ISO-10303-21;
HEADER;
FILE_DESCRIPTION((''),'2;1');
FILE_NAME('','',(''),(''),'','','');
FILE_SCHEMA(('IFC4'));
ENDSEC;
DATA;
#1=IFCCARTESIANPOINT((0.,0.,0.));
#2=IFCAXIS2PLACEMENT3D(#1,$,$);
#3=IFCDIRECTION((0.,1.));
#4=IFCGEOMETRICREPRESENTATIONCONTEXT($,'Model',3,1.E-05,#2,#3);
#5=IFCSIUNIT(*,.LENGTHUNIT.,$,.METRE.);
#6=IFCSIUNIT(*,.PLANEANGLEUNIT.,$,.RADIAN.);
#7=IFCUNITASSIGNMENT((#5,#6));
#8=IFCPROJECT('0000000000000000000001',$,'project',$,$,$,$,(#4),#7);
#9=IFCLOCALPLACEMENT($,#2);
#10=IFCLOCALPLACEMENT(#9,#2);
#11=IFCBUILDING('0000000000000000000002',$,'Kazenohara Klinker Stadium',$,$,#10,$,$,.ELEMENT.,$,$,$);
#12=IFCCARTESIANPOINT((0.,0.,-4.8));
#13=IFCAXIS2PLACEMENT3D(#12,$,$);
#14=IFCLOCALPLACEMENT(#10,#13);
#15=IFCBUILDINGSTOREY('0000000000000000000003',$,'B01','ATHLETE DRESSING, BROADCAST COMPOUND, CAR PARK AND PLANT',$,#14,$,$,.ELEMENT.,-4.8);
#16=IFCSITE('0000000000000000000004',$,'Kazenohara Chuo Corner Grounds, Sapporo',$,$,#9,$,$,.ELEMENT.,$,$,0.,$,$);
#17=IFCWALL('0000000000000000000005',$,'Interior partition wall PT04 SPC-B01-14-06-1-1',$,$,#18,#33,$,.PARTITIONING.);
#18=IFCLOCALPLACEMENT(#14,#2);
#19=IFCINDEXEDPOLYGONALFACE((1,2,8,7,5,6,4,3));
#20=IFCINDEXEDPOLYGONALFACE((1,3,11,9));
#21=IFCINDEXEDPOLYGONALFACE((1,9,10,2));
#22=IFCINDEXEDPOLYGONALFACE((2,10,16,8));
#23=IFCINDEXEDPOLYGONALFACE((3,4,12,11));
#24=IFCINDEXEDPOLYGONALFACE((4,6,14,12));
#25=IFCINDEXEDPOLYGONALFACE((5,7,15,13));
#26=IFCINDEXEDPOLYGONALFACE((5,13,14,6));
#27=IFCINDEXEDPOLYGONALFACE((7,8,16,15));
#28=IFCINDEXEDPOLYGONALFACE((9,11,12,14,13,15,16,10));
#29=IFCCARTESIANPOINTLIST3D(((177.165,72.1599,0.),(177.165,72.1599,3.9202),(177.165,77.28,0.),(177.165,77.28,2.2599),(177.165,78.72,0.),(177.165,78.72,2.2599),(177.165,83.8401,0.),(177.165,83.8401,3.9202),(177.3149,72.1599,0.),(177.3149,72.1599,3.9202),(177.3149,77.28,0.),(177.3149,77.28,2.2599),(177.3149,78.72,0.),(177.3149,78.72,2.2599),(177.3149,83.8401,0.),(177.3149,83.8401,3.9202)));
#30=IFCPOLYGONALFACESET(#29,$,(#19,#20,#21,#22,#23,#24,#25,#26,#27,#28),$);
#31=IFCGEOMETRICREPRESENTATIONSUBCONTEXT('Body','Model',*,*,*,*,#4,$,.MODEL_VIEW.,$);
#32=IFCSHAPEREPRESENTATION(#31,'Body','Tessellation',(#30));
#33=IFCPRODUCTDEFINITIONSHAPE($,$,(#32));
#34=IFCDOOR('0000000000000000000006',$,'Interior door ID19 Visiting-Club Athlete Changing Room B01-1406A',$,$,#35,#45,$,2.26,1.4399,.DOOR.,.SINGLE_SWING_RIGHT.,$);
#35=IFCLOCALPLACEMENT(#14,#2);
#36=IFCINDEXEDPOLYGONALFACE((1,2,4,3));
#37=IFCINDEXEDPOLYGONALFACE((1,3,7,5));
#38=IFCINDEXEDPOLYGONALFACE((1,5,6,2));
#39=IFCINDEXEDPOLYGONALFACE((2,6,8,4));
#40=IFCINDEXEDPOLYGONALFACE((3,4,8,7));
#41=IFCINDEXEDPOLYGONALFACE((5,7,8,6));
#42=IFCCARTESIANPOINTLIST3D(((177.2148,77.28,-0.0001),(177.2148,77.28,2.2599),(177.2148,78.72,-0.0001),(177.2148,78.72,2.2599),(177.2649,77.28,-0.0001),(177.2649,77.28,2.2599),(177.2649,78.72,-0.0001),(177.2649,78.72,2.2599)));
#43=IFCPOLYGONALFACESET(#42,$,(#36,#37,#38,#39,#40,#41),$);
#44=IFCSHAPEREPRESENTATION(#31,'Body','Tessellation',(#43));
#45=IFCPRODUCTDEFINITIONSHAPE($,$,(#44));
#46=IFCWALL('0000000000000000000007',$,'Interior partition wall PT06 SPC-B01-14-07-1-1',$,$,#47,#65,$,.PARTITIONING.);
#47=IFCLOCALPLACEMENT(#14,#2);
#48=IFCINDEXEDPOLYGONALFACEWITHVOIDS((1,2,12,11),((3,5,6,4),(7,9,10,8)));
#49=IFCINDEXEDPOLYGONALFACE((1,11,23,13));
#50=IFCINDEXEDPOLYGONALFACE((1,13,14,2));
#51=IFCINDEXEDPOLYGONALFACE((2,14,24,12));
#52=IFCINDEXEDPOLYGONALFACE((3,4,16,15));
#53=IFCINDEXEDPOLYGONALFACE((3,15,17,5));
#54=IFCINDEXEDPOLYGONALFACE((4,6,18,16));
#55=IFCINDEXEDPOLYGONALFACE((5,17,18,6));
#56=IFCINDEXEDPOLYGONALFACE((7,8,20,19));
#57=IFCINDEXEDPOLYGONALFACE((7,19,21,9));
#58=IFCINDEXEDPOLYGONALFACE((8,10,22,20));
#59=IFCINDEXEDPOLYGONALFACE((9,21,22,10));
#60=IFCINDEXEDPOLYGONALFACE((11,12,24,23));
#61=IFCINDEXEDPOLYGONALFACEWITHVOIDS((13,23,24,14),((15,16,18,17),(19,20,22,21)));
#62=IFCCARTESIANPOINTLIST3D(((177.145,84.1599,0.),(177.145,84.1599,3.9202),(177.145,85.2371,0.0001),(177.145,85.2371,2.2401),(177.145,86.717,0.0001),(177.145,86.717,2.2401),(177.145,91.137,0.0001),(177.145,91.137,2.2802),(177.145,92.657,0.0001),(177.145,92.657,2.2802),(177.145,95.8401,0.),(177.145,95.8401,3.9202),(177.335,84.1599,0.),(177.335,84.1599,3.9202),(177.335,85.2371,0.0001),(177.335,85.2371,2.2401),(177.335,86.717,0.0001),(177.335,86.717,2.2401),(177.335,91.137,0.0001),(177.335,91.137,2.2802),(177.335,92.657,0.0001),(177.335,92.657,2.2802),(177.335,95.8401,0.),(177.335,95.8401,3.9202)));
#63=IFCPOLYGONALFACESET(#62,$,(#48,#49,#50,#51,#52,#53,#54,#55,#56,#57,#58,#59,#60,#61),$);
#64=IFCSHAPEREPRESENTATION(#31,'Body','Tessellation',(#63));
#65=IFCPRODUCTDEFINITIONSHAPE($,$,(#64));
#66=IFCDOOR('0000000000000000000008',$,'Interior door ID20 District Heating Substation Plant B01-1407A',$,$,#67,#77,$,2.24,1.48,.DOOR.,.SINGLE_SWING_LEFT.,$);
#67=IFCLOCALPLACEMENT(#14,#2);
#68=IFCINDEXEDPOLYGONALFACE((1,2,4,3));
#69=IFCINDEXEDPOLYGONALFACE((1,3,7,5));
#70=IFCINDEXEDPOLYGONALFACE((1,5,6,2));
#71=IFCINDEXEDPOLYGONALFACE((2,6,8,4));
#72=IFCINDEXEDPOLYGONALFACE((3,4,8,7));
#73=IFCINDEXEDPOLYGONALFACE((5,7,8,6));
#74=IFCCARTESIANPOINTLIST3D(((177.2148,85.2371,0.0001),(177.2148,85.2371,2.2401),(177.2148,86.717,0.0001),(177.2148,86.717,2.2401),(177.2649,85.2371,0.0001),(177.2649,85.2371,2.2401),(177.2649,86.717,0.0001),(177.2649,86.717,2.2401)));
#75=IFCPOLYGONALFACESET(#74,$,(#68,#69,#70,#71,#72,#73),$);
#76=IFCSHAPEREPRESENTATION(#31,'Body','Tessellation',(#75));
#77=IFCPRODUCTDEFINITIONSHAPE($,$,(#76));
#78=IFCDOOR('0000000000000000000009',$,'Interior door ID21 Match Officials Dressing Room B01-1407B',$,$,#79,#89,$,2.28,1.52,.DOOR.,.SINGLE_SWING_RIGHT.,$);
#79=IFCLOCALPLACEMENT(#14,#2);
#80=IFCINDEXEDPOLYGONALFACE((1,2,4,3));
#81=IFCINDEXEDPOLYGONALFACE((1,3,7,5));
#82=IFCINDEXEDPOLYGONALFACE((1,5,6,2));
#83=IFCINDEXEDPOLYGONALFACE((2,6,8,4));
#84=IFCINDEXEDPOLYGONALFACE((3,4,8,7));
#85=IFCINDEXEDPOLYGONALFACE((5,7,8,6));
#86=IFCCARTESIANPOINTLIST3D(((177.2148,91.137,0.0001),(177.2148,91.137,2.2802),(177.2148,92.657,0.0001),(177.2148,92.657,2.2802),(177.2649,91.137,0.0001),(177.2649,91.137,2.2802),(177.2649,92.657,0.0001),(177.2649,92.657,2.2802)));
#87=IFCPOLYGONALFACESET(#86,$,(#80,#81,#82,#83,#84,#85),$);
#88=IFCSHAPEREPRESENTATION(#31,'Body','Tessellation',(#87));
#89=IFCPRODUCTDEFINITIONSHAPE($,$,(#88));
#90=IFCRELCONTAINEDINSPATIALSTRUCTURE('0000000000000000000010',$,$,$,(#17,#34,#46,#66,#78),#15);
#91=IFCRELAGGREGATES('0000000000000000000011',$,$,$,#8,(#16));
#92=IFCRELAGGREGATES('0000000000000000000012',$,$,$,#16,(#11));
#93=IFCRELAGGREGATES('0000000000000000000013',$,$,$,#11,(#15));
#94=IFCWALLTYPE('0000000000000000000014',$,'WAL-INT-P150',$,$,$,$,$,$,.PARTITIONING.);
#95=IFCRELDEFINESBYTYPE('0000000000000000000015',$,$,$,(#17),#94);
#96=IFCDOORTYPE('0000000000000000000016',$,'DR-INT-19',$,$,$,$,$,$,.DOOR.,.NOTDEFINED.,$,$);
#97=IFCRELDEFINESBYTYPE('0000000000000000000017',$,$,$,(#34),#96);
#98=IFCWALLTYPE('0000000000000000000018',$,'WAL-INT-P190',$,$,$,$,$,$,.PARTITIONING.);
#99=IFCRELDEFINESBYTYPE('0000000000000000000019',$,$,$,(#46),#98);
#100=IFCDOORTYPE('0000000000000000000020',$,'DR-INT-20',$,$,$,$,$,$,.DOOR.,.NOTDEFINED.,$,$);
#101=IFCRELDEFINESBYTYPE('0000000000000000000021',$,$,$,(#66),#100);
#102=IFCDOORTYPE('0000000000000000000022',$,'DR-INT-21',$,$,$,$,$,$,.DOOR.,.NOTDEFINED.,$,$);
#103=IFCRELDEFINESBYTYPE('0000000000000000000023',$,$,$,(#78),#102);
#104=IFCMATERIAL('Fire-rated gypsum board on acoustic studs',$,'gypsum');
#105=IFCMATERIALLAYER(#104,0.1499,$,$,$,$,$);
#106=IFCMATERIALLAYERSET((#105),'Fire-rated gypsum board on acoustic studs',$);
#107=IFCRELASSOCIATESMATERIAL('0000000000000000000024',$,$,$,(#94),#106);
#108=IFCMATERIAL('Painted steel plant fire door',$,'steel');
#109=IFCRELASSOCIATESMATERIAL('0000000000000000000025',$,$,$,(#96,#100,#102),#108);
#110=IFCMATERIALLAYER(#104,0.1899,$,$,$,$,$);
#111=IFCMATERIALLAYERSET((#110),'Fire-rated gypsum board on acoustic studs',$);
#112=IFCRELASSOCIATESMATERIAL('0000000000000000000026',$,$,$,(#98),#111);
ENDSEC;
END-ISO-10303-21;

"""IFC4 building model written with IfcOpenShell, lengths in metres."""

from ifc_helpers import new_model, si_unit, direction, frame, frame_2d, origin, place, context, subcontext, project, spatial, rectangle, extrude, material, layer, layer_set, type_object, element, fill, save


model = new_model("IFC4")

# Units and contexts
model_context = context("Model", 3, precision=1e-05, world=origin(), true_north=direction((0.0, 1.0)))
body_context = subcontext(model_context, "Body", "Model", "MODEL_VIEW")
ifc_project = project(units=[si_unit("LENGTHUNIT", "METRE"), si_unit("PLANEANGLEUNIT", "RADIAN")], contexts=[model_context])

# Site, building, storey
site_placement = place(None, origin())
site = spatial("IfcSite", under=ifc_project, at=site_placement, Name="Kazenohara Chuo Corner Grounds, Sapporo", CompositionType="ELEMENT", RefElevation=0.0)
building_placement = place(site_placement, origin())
building = spatial("IfcBuilding", under=site, at=building_placement, Name="Kazenohara Klinker Stadium", CompositionType="ELEMENT")
storey_placement = place(building_placement, frame((0.0, 0.0, -4.8)))
storey = spatial("IfcBuildingStorey", under=building, at=storey_placement, Name="B01", Description="ATHLETE DRESSING, BROADCAST COMPOUND, CAR PARK AND PLANT", CompositionType="ELEMENT", Elevation=-4.8)

# Wall, opening, door
ifc_material_1 = material(Name="Fire-rated gypsum board on acoustic studs", Category="gypsum")
ifc_layer_1 = layer(ifc_material_1, 0.1499)
ifc_layer_set_1 = layer_set([ifc_layer_1], Name="Fire-rated gypsum board on acoustic studs")
wall_type_1 = type_object("IfcWallType", Name="WAL-INT-P150", PredefinedType="PARTITIONING", material=ifc_layer_set_1)
wall_1_placement = place(storey_placement, frame((177.24, 72.1599, 0.0), z_axis=(0.0, 0.0, 1.0), x_axis=(0.0, 1.0, 0.0)))
wall_1 = element("IfcWall", 1, at=wall_1_placement, inside=storey, type_object=wall_type_1, Name="Interior partition wall PT04 SPC-B01-14-06-1-1", PredefinedType="PARTITIONING", context=body_context, shape_type="SweptSolid", body=[
    extrude(rectangle(XDim=11.6802, YDim=0.1499, at=frame_2d((5.8401, 0.0))), origin(), (0.0, 0.0, 1.0), 3.9202),
])
opening_1_placement = place(wall_1_placement, frame((6.5601, 0.0, 0.0), z_axis=(0.0, 0.0, 1.0), x_axis=(-1.0, 0.0, 0.0)))
opening_1 = element("IfcOpeningElement", 2, at=opening_1_placement, cuts=wall_1, PredefinedType="OPENING", context=body_context, shape_type="SweptSolid", body=[
    extrude(rectangle(XDim=1.4399, YDim=2.26, at=frame_2d((0.72, 1.1299))), frame((0.0, 0.085, 0.0), z_axis=(0.0, -1.0, 0.0), x_axis=(1.0, 0.0, 0.0)), (0.0, 0.0, 1.0), 0.1699),
])
ifc_material_2 = material(Name="Painted steel plant fire door", Category="steel")
door_type_1 = type_object("IfcDoorType", Name="DR-INT-19", OperationType="NOTDEFINED", PredefinedType="DOOR", material=ifc_material_2)
door_1_placement = place(opening_1_placement, origin())
door_1 = element("IfcDoor", 3, at=door_1_placement, inside=storey, type_object=door_type_1, Name="Interior door ID19 Visiting-Club Athlete Changing Room B01-1406A", OperationType="SINGLE_SWING_RIGHT", OverallHeight=2.26, OverallWidth=1.4399, PredefinedType="DOOR", context=body_context, shape_type="SweptSolid", body=[
    extrude(rectangle(XDim=1.4399, YDim=2.26, at=frame_2d((0.72, 1.1299))), frame((0.0, 0.0249, 0.0), z_axis=(0.0, -1.0, 0.0), x_axis=(1.0, 0.0, 0.0)), (0.0, 0.0, 1.0), 0.05),
])
fill(opening_1, door_1)

# Wall, openings, doors
ifc_layer_2 = layer(ifc_material_1, 0.1899)
ifc_layer_set_2 = layer_set([ifc_layer_2], Name="Fire-rated gypsum board on acoustic studs")
wall_type_2 = type_object("IfcWallType", Name="WAL-INT-P190", PredefinedType="PARTITIONING", material=ifc_layer_set_2)
wall_2_placement = place(storey_placement, frame((177.24, 84.1599, 0.0), z_axis=(0.0, 0.0, 1.0), x_axis=(0.0, 1.0, 0.0)))
wall_2 = element("IfcWall", 4, at=wall_2_placement, inside=storey, type_object=wall_type_2, Name="Interior partition wall PT06 SPC-B01-14-07-1-1", PredefinedType="PARTITIONING", context=body_context, shape_type="SweptSolid", body=[
    extrude(rectangle(XDim=11.6802, YDim=0.1899, at=frame_2d((5.8401, 0.0))), origin(), (0.0, 0.0, 1.0), 3.9202),
])
opening_2_placement = place(wall_2_placement, frame((2.5571, 0.0, 0.0), z_axis=(0.0, 0.0, 1.0), x_axis=(-1.0, 0.0, 0.0)))
opening_2 = element("IfcOpeningElement", 5, at=opening_2_placement, cuts=wall_2, PredefinedType="OPENING", context=body_context, shape_type="SweptSolid", body=[
    extrude(rectangle(XDim=1.48, YDim=2.24, at=frame_2d((0.74, 1.1201))), frame((0.0, 0.105, 0.0), z_axis=(0.0, -1.0, 0.0), x_axis=(1.0, 0.0, 0.0)), (0.0, 0.0, 1.0), 0.21),
])
opening_3_placement = place(wall_2_placement, frame((8.4971, 0.0, 0.0), z_axis=(0.0, 0.0, 1.0), x_axis=(-1.0, 0.0, 0.0)))
opening_3 = element("IfcOpeningElement", 6, at=opening_3_placement, cuts=wall_2, PredefinedType="OPENING", context=body_context, shape_type="SweptSolid", body=[
    extrude(rectangle(XDim=1.52, YDim=2.28, at=frame_2d((0.76, 1.1401))), frame((0.0, 0.105, 0.0), z_axis=(0.0, -1.0, 0.0), x_axis=(1.0, 0.0, 0.0)), (0.0, 0.0, 1.0), 0.21),
])
door_type_2 = type_object("IfcDoorType", Name="DR-INT-20", OperationType="NOTDEFINED", PredefinedType="DOOR", material=ifc_material_2)
door_2_placement = place(opening_2_placement, origin())
door_2 = element("IfcDoor", 7, at=door_2_placement, inside=storey, type_object=door_type_2, Name="Interior door ID20 District Heating Substation Plant B01-1407A", OperationType="SINGLE_SWING_LEFT", OverallHeight=2.24, OverallWidth=1.48, PredefinedType="DOOR", context=body_context, shape_type="SweptSolid", body=[
    extrude(rectangle(XDim=1.48, YDim=2.24, at=frame_2d((0.74, 1.1201))), frame((0.0, 0.0249, 0.0), z_axis=(0.0, -1.0, 0.0), x_axis=(1.0, 0.0, 0.0)), (0.0, 0.0, 1.0), 0.05),
])
fill(opening_2, door_2)
door_type_3 = type_object("IfcDoorType", Name="DR-INT-21", OperationType="NOTDEFINED", PredefinedType="DOOR", material=ifc_material_2)
door_3_placement = place(opening_3_placement, origin())
door_3 = element("IfcDoor", 8, at=door_3_placement, inside=storey, type_object=door_type_3, Name="Interior door ID21 Match Officials Dressing Room B01-1407B", OperationType="SINGLE_SWING_RIGHT", OverallHeight=2.28, OverallWidth=1.52, PredefinedType="DOOR", context=body_context, shape_type="SweptSolid", body=[
    extrude(rectangle(XDim=1.52, YDim=2.28, at=frame_2d((0.76, 1.1401))), frame((0.0, 0.0249, 0.0), z_axis=(0.0, -1.0, 0.0), x_axis=(1.0, 0.0, 0.0)), (0.0, 0.0, 1.0), 0.05),
])
fill(opening_3, door_3)

save(model, "model.ifc")
